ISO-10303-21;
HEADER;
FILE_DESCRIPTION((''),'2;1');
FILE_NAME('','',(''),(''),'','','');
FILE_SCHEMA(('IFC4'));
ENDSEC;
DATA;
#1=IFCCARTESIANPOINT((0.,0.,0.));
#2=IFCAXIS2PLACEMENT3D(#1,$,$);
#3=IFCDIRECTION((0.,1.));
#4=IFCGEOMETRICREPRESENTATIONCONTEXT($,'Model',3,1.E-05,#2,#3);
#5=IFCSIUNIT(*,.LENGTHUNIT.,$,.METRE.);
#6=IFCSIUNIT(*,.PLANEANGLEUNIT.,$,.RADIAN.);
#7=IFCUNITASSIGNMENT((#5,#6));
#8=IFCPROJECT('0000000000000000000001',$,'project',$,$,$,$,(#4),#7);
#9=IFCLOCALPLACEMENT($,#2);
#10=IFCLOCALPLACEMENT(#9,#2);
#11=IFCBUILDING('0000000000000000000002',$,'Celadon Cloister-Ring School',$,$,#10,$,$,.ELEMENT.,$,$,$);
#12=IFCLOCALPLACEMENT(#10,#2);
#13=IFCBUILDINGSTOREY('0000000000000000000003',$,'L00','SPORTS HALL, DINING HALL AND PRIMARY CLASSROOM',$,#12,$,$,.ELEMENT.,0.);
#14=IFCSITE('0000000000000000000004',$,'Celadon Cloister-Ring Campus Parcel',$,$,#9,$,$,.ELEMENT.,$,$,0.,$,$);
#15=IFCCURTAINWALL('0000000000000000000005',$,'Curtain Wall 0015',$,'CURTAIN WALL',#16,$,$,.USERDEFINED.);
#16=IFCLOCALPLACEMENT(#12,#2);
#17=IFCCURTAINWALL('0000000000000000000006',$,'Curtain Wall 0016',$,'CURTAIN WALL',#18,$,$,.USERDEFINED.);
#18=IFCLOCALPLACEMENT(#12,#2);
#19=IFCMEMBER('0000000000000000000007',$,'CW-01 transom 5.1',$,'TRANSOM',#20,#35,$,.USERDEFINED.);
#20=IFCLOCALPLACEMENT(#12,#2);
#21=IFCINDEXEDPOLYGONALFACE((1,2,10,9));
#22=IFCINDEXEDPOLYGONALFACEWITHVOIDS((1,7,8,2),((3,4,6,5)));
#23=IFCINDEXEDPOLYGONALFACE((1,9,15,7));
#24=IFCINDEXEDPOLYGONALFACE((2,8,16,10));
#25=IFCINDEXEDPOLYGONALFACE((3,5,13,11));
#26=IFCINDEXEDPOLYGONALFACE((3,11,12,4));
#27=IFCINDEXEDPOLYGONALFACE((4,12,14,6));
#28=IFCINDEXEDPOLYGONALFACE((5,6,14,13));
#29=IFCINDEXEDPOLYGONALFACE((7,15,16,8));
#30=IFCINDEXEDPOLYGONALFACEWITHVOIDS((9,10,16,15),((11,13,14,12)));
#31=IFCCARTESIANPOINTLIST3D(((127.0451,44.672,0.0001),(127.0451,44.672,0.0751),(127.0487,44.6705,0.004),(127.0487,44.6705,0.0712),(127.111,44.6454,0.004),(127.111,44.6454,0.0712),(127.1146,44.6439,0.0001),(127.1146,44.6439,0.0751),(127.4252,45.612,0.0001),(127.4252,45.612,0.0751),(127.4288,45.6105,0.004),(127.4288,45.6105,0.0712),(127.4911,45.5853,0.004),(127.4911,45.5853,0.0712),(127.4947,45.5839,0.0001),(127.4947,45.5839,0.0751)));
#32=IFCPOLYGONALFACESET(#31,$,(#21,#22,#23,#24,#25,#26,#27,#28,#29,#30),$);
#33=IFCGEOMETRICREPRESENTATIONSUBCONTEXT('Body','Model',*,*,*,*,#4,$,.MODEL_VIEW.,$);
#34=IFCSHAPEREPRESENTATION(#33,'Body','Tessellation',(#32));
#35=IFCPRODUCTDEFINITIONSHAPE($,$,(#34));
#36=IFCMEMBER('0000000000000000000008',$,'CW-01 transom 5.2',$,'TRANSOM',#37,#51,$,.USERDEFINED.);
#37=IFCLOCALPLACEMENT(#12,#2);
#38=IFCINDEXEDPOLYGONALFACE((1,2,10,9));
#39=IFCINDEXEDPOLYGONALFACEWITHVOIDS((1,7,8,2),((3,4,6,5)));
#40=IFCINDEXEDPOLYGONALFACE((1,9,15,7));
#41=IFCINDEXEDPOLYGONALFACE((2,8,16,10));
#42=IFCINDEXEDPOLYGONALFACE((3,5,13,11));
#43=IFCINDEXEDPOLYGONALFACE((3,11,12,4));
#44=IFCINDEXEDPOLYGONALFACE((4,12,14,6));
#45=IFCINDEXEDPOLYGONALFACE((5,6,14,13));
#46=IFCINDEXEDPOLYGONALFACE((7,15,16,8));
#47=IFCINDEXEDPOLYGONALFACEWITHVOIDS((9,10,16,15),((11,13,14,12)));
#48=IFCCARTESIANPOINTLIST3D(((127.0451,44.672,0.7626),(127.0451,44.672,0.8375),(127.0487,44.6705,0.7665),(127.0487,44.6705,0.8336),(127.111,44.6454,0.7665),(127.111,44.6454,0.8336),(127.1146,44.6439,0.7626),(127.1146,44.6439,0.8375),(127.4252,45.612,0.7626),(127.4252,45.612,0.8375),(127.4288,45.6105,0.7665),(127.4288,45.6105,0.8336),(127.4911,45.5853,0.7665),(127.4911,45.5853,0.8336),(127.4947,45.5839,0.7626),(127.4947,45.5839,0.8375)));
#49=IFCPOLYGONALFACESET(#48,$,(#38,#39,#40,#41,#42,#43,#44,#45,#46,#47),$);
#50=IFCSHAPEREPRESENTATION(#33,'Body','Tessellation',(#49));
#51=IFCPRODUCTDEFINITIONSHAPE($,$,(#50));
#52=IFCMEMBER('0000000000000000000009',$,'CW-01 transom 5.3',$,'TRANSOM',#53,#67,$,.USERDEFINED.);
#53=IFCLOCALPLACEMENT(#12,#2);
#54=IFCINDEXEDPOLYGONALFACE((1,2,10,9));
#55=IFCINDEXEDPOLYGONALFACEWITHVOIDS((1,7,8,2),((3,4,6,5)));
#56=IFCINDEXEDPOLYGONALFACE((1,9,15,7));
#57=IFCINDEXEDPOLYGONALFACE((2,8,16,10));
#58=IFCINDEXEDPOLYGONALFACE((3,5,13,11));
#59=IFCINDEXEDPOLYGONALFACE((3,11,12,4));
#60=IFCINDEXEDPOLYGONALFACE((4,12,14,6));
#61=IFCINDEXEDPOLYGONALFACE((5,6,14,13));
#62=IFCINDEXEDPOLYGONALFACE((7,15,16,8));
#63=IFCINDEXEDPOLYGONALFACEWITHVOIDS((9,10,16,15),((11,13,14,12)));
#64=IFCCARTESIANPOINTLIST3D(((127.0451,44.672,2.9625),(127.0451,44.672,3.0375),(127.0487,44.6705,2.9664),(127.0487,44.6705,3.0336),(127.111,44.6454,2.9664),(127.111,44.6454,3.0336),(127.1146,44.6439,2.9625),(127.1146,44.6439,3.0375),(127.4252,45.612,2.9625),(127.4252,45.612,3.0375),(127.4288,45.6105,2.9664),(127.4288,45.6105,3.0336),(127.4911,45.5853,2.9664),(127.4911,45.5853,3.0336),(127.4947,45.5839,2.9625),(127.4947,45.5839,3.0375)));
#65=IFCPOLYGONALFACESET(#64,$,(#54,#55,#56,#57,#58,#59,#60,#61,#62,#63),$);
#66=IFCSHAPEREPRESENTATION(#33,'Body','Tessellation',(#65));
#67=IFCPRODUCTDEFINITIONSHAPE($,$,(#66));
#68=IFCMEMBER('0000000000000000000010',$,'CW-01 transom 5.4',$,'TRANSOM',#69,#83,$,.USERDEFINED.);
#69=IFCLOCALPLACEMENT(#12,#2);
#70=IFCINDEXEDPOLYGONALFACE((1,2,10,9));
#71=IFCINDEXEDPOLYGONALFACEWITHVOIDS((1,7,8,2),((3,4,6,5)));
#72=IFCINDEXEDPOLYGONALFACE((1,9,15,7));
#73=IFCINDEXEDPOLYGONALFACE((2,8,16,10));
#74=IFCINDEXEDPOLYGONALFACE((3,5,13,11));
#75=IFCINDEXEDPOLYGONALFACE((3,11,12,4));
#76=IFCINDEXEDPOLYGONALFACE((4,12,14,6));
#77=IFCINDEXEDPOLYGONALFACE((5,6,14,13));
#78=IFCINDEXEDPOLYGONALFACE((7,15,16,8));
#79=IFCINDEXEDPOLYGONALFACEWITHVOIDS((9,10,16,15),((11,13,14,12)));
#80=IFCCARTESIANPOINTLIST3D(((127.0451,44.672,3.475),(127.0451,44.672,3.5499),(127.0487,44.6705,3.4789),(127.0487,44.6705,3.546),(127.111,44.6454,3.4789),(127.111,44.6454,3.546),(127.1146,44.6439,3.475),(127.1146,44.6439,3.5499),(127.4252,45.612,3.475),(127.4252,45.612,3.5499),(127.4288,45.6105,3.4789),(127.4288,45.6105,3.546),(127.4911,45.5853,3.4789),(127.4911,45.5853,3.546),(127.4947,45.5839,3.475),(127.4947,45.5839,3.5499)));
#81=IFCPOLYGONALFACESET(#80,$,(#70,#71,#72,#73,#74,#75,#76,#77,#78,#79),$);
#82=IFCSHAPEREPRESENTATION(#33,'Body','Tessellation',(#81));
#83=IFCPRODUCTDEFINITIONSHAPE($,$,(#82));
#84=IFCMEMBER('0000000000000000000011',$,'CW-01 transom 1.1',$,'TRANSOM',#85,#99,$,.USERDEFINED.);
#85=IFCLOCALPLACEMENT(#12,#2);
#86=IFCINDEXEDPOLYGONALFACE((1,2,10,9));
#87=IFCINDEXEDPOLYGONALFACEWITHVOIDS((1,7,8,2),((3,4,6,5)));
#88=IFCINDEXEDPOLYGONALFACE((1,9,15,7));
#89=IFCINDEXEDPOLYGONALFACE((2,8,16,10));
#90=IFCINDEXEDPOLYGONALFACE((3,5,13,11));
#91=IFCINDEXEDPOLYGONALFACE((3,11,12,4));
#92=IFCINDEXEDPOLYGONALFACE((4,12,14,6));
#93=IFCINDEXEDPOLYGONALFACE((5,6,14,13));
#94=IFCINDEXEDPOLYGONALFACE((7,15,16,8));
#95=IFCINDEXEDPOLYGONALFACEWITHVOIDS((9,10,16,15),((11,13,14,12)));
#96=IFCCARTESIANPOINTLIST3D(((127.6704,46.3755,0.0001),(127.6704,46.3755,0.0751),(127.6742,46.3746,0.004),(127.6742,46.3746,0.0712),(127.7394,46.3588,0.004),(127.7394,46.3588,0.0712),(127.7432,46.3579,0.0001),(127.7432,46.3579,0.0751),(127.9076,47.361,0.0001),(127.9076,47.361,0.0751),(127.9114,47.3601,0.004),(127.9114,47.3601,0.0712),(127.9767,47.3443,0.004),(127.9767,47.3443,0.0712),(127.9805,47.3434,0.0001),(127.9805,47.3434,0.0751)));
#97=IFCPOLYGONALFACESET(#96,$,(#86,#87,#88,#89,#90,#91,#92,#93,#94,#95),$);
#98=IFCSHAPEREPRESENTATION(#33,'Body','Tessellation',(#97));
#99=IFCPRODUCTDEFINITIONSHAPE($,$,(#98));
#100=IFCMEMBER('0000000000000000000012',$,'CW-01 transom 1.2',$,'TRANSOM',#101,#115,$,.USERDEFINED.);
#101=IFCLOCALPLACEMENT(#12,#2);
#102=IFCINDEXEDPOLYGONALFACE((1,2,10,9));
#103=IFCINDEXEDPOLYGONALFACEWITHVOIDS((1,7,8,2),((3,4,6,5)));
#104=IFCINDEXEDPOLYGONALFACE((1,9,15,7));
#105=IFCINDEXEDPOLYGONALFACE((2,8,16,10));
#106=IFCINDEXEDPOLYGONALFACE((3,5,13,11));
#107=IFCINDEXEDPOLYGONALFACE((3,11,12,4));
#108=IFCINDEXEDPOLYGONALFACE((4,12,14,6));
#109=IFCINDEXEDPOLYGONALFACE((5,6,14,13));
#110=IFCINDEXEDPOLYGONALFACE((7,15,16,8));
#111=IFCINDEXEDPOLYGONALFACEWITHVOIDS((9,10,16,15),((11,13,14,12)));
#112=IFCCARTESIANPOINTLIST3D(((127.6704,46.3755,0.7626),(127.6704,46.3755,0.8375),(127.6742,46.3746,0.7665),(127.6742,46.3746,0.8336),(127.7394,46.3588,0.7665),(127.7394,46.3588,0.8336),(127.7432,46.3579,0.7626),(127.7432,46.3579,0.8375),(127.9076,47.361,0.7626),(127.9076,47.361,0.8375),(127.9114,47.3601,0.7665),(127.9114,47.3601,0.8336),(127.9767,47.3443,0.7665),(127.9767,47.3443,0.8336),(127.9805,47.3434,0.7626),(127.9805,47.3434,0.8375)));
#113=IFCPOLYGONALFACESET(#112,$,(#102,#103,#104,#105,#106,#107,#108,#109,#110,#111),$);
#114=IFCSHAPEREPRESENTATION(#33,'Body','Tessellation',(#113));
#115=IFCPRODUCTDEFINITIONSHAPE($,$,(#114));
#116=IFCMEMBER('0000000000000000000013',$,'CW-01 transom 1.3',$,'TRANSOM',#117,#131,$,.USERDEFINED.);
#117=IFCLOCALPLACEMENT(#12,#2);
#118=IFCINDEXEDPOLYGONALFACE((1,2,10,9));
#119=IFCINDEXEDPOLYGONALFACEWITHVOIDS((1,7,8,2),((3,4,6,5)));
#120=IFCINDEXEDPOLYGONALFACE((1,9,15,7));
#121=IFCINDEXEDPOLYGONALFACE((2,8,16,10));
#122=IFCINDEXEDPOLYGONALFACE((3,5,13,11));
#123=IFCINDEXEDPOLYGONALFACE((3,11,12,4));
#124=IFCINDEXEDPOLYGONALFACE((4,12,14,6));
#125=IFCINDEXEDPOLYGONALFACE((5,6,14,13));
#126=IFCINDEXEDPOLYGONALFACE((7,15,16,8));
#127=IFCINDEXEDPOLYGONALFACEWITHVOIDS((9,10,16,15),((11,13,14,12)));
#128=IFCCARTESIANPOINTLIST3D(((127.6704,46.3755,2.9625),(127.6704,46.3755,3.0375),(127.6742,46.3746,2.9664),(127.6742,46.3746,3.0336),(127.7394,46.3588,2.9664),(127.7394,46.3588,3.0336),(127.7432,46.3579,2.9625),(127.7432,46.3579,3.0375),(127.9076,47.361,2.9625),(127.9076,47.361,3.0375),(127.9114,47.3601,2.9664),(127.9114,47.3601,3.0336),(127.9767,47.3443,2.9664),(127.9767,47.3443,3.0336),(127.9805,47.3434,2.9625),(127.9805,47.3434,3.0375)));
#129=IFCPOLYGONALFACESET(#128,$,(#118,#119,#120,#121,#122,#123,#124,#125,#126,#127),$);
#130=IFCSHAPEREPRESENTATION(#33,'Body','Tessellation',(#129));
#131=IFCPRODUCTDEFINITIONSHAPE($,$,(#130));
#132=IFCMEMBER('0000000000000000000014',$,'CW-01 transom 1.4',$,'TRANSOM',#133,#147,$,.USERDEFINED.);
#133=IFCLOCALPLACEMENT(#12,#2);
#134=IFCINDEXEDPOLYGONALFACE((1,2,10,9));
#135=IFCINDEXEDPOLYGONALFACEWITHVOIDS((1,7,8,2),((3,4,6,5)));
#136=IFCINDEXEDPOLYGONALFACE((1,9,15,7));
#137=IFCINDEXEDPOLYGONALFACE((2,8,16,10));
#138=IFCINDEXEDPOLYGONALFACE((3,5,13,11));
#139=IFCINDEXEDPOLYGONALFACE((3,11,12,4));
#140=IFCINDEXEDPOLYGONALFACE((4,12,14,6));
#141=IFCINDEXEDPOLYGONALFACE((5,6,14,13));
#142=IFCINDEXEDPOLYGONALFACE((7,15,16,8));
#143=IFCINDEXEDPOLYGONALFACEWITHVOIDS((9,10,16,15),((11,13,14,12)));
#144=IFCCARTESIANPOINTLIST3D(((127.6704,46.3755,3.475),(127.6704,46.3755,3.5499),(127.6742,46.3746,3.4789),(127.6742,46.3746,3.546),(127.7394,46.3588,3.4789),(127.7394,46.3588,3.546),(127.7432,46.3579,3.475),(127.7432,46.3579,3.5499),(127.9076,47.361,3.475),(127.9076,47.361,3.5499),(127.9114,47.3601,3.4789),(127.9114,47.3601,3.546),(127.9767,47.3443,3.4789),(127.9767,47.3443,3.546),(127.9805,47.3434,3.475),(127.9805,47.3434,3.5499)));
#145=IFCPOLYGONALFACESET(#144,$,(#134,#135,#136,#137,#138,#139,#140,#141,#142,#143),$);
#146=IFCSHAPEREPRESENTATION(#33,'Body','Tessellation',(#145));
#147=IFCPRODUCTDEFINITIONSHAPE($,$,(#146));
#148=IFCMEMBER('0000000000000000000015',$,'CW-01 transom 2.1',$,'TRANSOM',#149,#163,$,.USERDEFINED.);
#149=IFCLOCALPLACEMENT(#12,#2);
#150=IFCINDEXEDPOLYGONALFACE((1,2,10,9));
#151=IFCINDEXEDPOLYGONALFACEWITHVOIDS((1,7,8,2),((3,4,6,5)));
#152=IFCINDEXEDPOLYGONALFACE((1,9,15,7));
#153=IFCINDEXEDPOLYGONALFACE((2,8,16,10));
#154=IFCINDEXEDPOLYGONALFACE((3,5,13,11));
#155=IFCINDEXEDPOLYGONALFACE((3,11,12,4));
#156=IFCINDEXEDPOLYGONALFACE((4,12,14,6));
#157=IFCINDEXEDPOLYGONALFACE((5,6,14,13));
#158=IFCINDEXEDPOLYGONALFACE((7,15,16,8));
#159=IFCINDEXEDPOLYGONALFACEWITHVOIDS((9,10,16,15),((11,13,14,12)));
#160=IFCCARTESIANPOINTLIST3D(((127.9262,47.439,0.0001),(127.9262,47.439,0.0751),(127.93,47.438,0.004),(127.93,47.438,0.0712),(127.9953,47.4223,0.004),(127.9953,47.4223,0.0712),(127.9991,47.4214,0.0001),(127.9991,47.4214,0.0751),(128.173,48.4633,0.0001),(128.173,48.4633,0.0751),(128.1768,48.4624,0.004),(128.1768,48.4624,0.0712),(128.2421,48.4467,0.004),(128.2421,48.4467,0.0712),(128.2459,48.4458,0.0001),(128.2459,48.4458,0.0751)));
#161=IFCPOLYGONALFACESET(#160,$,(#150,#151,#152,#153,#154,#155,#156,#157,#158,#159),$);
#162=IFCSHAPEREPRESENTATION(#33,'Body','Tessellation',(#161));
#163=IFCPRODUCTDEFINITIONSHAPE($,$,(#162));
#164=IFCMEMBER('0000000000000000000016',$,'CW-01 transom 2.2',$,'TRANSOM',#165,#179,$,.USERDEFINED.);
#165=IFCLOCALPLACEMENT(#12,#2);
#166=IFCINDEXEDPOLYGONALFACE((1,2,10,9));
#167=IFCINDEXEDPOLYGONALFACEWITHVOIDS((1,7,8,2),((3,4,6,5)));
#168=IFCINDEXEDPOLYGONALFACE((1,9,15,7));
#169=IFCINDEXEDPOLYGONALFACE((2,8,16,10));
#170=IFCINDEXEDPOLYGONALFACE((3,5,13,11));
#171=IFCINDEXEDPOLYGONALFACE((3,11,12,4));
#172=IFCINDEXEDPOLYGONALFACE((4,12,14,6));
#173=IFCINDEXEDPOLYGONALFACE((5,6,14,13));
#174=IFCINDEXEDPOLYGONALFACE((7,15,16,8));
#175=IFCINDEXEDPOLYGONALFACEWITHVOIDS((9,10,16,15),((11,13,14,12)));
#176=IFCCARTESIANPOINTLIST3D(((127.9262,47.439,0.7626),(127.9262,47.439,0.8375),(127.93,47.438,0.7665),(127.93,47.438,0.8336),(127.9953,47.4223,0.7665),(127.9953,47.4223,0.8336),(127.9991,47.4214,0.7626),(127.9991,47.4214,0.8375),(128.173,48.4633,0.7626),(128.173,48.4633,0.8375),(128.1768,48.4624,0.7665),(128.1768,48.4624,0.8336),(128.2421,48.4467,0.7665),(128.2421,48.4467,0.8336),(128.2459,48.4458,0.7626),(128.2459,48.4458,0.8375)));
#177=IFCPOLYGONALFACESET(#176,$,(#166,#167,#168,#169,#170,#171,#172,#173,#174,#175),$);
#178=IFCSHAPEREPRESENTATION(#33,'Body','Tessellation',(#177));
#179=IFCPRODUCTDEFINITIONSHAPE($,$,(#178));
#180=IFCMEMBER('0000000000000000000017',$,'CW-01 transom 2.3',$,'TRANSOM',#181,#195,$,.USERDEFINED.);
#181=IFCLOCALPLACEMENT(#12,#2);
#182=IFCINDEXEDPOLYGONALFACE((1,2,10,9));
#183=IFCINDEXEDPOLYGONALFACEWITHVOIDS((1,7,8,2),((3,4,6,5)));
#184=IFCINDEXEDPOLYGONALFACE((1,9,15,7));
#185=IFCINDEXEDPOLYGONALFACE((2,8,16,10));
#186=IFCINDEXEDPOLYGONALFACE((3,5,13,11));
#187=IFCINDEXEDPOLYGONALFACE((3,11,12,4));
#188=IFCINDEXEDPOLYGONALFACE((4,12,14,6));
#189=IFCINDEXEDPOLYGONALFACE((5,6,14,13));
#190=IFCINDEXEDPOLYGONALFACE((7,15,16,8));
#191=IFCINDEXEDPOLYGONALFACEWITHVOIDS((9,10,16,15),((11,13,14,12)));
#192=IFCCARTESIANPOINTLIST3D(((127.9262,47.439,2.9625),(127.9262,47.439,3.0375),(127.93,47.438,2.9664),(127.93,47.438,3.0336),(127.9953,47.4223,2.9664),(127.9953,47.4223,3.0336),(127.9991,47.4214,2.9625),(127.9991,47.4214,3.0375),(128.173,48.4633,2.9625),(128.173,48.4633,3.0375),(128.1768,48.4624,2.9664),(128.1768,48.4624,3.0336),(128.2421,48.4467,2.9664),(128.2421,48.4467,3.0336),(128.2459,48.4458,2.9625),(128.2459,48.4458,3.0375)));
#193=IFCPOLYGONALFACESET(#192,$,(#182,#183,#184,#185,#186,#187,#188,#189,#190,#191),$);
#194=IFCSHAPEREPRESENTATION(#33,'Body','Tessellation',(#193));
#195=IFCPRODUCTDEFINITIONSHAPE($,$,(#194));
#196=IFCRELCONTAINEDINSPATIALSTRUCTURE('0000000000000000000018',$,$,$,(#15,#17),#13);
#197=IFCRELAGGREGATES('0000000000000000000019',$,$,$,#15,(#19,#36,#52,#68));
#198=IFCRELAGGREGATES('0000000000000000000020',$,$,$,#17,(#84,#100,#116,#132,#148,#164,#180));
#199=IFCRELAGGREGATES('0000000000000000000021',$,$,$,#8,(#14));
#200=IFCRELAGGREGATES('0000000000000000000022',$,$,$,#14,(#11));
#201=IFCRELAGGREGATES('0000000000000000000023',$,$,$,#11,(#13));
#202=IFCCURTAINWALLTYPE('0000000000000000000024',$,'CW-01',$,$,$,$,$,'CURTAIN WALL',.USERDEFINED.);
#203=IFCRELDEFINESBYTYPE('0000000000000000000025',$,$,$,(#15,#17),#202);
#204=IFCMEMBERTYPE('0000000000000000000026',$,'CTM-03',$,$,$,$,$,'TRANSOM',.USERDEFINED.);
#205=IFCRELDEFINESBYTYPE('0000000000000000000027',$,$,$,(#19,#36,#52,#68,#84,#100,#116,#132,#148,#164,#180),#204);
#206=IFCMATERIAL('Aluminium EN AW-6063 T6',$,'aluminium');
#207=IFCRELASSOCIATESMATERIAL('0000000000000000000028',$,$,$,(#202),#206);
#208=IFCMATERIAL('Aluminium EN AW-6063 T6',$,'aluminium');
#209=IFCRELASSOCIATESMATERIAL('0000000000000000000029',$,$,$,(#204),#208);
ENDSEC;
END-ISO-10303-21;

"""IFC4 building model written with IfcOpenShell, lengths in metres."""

from ifc_helpers import new_model, si_unit, direction, frame, origin, origin_2d, place, context, subcontext, project, spatial, hollow_rectangle, extrude, material, material_profile, profile_set, type_object, element, aggregate, save


model = new_model("IFC4")

# Units and contexts
model_context = context("Model", 3, precision=1e-05, world=origin(), true_north=direction((0.0, 1.0)))
body_context = subcontext(model_context, "Body", "Model", "MODEL_VIEW")
ifc_project = project(units=[si_unit("LENGTHUNIT", "METRE"), si_unit("PLANEANGLEUNIT", "RADIAN")], contexts=[model_context])

# Site, building, storey
site_placement = place(None, origin())
site = spatial("IfcSite", under=ifc_project, at=site_placement, Name="Celadon Cloister-Ring Campus Parcel", CompositionType="ELEMENT", RefElevation=0.0)
building_placement = place(site_placement, origin())
building = spatial("IfcBuilding", under=site, at=building_placement, Name="Celadon Cloister-Ring School", CompositionType="ELEMENT")
storey_placement = place(building_placement, origin())
storey = spatial("IfcBuildingStorey", under=building, at=storey_placement, Name="L00", Description="SPORTS HALL, DINING HALL AND PRIMARY CLASSROOM", CompositionType="ELEMENT", Elevation=0.0)

# Curtain walls
ifc_material_1 = material(Name="Aluminium EN AW-6063 T6", Category="aluminium")
curtain_wall_type = type_object("IfcCurtainWallType", Name="CW-01", ElementType="CURTAIN WALL", PredefinedType="USERDEFINED", material=ifc_material_1)
curtain_wall_1_placement = place(storey_placement, origin())
curtain_wall_1 = element("IfcCurtainWall", 1, at=curtain_wall_1_placement, inside=storey, type_object=curtain_wall_type, Name="Curtain Wall 0015", ObjectType="CURTAIN WALL", PredefinedType="USERDEFINED")
curtain_wall_2_placement = place(storey_placement, origin())
curtain_wall_2 = element("IfcCurtainWall", 2, at=curtain_wall_2_placement, inside=storey, type_object=curtain_wall_type, Name="Curtain Wall 0016", ObjectType="CURTAIN WALL", PredefinedType="USERDEFINED")

# Members
ifc_material_2 = material(Name="Aluminium EN AW-6063 T6", Category="aluminium")
ifc_material_profile_1 = material_profile(ifc_material_2, hollow_rectangle(XDim=0.075, YDim=0.075, WallThickness=0.0039, at=origin_2d()), Name="RHS75X75X4")
ifc_profile_set_1 = profile_set([ifc_material_profile_1], Name="Aluminium EN AW-6063 T6")
member_type_1 = type_object("IfcMemberType", Name="CTM-03", ElementType="TRANSOM", PredefinedType="USERDEFINED", material=ifc_profile_set_1)
member_1_placement = place(storey_placement, frame((127.0798, 44.658, 0.0376), z_axis=(0.374917, 0.927058, 0.0), x_axis=(-0.927058, 0.374917, 0.0)))
member_1 = element("IfcMember", 3, at=member_1_placement, type_object=member_type_1, Name="CW-01 transom 5.1", ObjectType="TRANSOM", PredefinedType="USERDEFINED", context=body_context, shape_type="SweptSolid", body=[
    extrude(hollow_rectangle(XDim=0.075, YDim=0.075, WallThickness=0.0039, at=origin_2d()), origin(), (0.0, 0.0, 1.0), 1.0139),
])
member_2_placement = place(storey_placement, frame((127.0798, 44.658, 0.8), z_axis=(0.374917, 0.927058, 0.0), x_axis=(-0.927058, 0.374917, 0.0)))
member_2 = element("IfcMember", 4, at=member_2_placement, type_object=member_type_1, Name="CW-01 transom 5.2", ObjectType="TRANSOM", PredefinedType="USERDEFINED", context=body_context, shape_type="SweptSolid", body=[
    extrude(hollow_rectangle(XDim=0.075, YDim=0.075, WallThickness=0.0039, at=origin_2d()), origin(), (0.0, 0.0, 1.0), 1.0139),
])
member_3_placement = place(storey_placement, frame((127.0798, 44.658, 3.0), z_axis=(0.374917, 0.927058, 0.0), x_axis=(-0.927058, 0.374917, 0.0)))
member_3 = element("IfcMember", 5, at=member_3_placement, type_object=member_type_1, Name="CW-01 transom 5.3", ObjectType="TRANSOM", PredefinedType="USERDEFINED", context=body_context, shape_type="SweptSolid", body=[
    extrude(hollow_rectangle(XDim=0.075, YDim=0.075, WallThickness=0.0039, at=origin_2d()), origin(), (0.0, 0.0, 1.0), 1.0139),
])
member_4_placement = place(storey_placement, frame((127.0798, 44.658, 3.5125), z_axis=(0.374917, 0.927058, 0.0), x_axis=(-0.927058, 0.374917, 0.0)))
member_4 = element("IfcMember", 6, at=member_4_placement, type_object=member_type_1, Name="CW-01 transom 5.4", ObjectType="TRANSOM", PredefinedType="USERDEFINED", context=body_context, shape_type="SweptSolid", body=[
    extrude(hollow_rectangle(XDim=0.075, YDim=0.075, WallThickness=0.0039, at=origin_2d()), origin(), (0.0, 0.0, 1.0), 1.0139),
])
member_5_placement = place(storey_placement, frame((127.7068, 46.3667, 0.0376), z_axis=(0.234083, 0.972217, 0.0), x_axis=(-0.972217, 0.234083, 0.0)))
member_5 = element("IfcMember", 7, at=member_5_placement, type_object=member_type_1, Name="CW-01 transom 1.1", ObjectType="TRANSOM", PredefinedType="USERDEFINED", context=body_context, shape_type="SweptSolid", body=[
    extrude(hollow_rectangle(XDim=0.075, YDim=0.075, WallThickness=0.0039, at=origin_2d()), origin(), (0.0, 0.0, 1.0), 1.0137),
])
member_6_placement = place(storey_placement, frame((127.7068, 46.3667, 0.8), z_axis=(0.234083, 0.972217, 0.0), x_axis=(-0.972217, 0.234083, 0.0)))
member_6 = element("IfcMember", 8, at=member_6_placement, type_object=member_type_1, Name="CW-01 transom 1.2", ObjectType="TRANSOM", PredefinedType="USERDEFINED", context=body_context, shape_type="SweptSolid", body=[
    extrude(hollow_rectangle(XDim=0.075, YDim=0.075, WallThickness=0.0039, at=origin_2d()), origin(), (0.0, 0.0, 1.0), 1.0137),
])
member_7_placement = place(storey_placement, frame((127.7068, 46.3667, 3.0), z_axis=(0.234083, 0.972217, 0.0), x_axis=(-0.972217, 0.234083, 0.0)))
member_7 = element("IfcMember", 9, at=member_7_placement, type_object=member_type_1, Name="CW-01 transom 1.3", ObjectType="TRANSOM", PredefinedType="USERDEFINED", context=body_context, shape_type="SweptSolid", body=[
    extrude(hollow_rectangle(XDim=0.075, YDim=0.075, WallThickness=0.0039, at=origin_2d()), origin(), (0.0, 0.0, 1.0), 1.0137),
])
member_8_placement = place(storey_placement, frame((127.7068, 46.3667, 3.5125), z_axis=(0.234083, 0.972217, 0.0), x_axis=(-0.972217, 0.234083, 0.0)))
member_8 = element("IfcMember", 10, at=member_8_placement, type_object=member_type_1, Name="CW-01 transom 1.4", ObjectType="TRANSOM", PredefinedType="USERDEFINED", context=body_context, shape_type="SweptSolid", body=[
    extrude(hollow_rectangle(XDim=0.075, YDim=0.075, WallThickness=0.0039, at=origin_2d()), origin(), (0.0, 0.0, 1.0), 1.0137),
])
member_9_placement = place(storey_placement, frame((127.9626, 47.4302, 0.0376), z_axis=(0.23424, 0.972179, 0.0), x_axis=(-0.972179, 0.23424, 0.0)))
member_9 = element("IfcMember", 11, at=member_9_placement, type_object=member_type_1, Name="CW-01 transom 2.1", ObjectType="TRANSOM", PredefinedType="USERDEFINED", context=body_context, shape_type="SweptSolid", body=[
    extrude(hollow_rectangle(XDim=0.075, YDim=0.075, WallThickness=0.0039, at=origin_2d()), origin(), (0.0, 0.0, 1.0), 1.0537),
])
member_10_placement = place(storey_placement, frame((127.9626, 47.4302, 0.8), z_axis=(0.23424, 0.972179, 0.0), x_axis=(-0.972179, 0.23424, 0.0)))
member_10 = element("IfcMember", 12, at=member_10_placement, type_object=member_type_1, Name="CW-01 transom 2.2", ObjectType="TRANSOM", PredefinedType="USERDEFINED", context=body_context, shape_type="SweptSolid", body=[
    extrude(hollow_rectangle(XDim=0.075, YDim=0.075, WallThickness=0.0039, at=origin_2d()), origin(), (0.0, 0.0, 1.0), 1.0537),
])
member_11_placement = place(storey_placement, frame((127.9626, 47.4302, 3.0), z_axis=(0.23424, 0.972179, 0.0), x_axis=(-0.972179, 0.23424, 0.0)))
member_11 = element("IfcMember", 13, at=member_11_placement, type_object=member_type_1, Name="CW-01 transom 2.3", ObjectType="TRANSOM", PredefinedType="USERDEFINED", context=body_context, shape_type="SweptSolid", body=[
    extrude(hollow_rectangle(XDim=0.075, YDim=0.075, WallThickness=0.0039, at=origin_2d()), origin(), (0.0, 0.0, 1.0), 1.0537),
])

aggregate(curtain_wall_1, [member_1, member_2, member_3, member_4])
aggregate(curtain_wall_2, [member_5, member_6, member_7, member_8, member_9, member_10, member_11])

save(model, "model.ifc")
